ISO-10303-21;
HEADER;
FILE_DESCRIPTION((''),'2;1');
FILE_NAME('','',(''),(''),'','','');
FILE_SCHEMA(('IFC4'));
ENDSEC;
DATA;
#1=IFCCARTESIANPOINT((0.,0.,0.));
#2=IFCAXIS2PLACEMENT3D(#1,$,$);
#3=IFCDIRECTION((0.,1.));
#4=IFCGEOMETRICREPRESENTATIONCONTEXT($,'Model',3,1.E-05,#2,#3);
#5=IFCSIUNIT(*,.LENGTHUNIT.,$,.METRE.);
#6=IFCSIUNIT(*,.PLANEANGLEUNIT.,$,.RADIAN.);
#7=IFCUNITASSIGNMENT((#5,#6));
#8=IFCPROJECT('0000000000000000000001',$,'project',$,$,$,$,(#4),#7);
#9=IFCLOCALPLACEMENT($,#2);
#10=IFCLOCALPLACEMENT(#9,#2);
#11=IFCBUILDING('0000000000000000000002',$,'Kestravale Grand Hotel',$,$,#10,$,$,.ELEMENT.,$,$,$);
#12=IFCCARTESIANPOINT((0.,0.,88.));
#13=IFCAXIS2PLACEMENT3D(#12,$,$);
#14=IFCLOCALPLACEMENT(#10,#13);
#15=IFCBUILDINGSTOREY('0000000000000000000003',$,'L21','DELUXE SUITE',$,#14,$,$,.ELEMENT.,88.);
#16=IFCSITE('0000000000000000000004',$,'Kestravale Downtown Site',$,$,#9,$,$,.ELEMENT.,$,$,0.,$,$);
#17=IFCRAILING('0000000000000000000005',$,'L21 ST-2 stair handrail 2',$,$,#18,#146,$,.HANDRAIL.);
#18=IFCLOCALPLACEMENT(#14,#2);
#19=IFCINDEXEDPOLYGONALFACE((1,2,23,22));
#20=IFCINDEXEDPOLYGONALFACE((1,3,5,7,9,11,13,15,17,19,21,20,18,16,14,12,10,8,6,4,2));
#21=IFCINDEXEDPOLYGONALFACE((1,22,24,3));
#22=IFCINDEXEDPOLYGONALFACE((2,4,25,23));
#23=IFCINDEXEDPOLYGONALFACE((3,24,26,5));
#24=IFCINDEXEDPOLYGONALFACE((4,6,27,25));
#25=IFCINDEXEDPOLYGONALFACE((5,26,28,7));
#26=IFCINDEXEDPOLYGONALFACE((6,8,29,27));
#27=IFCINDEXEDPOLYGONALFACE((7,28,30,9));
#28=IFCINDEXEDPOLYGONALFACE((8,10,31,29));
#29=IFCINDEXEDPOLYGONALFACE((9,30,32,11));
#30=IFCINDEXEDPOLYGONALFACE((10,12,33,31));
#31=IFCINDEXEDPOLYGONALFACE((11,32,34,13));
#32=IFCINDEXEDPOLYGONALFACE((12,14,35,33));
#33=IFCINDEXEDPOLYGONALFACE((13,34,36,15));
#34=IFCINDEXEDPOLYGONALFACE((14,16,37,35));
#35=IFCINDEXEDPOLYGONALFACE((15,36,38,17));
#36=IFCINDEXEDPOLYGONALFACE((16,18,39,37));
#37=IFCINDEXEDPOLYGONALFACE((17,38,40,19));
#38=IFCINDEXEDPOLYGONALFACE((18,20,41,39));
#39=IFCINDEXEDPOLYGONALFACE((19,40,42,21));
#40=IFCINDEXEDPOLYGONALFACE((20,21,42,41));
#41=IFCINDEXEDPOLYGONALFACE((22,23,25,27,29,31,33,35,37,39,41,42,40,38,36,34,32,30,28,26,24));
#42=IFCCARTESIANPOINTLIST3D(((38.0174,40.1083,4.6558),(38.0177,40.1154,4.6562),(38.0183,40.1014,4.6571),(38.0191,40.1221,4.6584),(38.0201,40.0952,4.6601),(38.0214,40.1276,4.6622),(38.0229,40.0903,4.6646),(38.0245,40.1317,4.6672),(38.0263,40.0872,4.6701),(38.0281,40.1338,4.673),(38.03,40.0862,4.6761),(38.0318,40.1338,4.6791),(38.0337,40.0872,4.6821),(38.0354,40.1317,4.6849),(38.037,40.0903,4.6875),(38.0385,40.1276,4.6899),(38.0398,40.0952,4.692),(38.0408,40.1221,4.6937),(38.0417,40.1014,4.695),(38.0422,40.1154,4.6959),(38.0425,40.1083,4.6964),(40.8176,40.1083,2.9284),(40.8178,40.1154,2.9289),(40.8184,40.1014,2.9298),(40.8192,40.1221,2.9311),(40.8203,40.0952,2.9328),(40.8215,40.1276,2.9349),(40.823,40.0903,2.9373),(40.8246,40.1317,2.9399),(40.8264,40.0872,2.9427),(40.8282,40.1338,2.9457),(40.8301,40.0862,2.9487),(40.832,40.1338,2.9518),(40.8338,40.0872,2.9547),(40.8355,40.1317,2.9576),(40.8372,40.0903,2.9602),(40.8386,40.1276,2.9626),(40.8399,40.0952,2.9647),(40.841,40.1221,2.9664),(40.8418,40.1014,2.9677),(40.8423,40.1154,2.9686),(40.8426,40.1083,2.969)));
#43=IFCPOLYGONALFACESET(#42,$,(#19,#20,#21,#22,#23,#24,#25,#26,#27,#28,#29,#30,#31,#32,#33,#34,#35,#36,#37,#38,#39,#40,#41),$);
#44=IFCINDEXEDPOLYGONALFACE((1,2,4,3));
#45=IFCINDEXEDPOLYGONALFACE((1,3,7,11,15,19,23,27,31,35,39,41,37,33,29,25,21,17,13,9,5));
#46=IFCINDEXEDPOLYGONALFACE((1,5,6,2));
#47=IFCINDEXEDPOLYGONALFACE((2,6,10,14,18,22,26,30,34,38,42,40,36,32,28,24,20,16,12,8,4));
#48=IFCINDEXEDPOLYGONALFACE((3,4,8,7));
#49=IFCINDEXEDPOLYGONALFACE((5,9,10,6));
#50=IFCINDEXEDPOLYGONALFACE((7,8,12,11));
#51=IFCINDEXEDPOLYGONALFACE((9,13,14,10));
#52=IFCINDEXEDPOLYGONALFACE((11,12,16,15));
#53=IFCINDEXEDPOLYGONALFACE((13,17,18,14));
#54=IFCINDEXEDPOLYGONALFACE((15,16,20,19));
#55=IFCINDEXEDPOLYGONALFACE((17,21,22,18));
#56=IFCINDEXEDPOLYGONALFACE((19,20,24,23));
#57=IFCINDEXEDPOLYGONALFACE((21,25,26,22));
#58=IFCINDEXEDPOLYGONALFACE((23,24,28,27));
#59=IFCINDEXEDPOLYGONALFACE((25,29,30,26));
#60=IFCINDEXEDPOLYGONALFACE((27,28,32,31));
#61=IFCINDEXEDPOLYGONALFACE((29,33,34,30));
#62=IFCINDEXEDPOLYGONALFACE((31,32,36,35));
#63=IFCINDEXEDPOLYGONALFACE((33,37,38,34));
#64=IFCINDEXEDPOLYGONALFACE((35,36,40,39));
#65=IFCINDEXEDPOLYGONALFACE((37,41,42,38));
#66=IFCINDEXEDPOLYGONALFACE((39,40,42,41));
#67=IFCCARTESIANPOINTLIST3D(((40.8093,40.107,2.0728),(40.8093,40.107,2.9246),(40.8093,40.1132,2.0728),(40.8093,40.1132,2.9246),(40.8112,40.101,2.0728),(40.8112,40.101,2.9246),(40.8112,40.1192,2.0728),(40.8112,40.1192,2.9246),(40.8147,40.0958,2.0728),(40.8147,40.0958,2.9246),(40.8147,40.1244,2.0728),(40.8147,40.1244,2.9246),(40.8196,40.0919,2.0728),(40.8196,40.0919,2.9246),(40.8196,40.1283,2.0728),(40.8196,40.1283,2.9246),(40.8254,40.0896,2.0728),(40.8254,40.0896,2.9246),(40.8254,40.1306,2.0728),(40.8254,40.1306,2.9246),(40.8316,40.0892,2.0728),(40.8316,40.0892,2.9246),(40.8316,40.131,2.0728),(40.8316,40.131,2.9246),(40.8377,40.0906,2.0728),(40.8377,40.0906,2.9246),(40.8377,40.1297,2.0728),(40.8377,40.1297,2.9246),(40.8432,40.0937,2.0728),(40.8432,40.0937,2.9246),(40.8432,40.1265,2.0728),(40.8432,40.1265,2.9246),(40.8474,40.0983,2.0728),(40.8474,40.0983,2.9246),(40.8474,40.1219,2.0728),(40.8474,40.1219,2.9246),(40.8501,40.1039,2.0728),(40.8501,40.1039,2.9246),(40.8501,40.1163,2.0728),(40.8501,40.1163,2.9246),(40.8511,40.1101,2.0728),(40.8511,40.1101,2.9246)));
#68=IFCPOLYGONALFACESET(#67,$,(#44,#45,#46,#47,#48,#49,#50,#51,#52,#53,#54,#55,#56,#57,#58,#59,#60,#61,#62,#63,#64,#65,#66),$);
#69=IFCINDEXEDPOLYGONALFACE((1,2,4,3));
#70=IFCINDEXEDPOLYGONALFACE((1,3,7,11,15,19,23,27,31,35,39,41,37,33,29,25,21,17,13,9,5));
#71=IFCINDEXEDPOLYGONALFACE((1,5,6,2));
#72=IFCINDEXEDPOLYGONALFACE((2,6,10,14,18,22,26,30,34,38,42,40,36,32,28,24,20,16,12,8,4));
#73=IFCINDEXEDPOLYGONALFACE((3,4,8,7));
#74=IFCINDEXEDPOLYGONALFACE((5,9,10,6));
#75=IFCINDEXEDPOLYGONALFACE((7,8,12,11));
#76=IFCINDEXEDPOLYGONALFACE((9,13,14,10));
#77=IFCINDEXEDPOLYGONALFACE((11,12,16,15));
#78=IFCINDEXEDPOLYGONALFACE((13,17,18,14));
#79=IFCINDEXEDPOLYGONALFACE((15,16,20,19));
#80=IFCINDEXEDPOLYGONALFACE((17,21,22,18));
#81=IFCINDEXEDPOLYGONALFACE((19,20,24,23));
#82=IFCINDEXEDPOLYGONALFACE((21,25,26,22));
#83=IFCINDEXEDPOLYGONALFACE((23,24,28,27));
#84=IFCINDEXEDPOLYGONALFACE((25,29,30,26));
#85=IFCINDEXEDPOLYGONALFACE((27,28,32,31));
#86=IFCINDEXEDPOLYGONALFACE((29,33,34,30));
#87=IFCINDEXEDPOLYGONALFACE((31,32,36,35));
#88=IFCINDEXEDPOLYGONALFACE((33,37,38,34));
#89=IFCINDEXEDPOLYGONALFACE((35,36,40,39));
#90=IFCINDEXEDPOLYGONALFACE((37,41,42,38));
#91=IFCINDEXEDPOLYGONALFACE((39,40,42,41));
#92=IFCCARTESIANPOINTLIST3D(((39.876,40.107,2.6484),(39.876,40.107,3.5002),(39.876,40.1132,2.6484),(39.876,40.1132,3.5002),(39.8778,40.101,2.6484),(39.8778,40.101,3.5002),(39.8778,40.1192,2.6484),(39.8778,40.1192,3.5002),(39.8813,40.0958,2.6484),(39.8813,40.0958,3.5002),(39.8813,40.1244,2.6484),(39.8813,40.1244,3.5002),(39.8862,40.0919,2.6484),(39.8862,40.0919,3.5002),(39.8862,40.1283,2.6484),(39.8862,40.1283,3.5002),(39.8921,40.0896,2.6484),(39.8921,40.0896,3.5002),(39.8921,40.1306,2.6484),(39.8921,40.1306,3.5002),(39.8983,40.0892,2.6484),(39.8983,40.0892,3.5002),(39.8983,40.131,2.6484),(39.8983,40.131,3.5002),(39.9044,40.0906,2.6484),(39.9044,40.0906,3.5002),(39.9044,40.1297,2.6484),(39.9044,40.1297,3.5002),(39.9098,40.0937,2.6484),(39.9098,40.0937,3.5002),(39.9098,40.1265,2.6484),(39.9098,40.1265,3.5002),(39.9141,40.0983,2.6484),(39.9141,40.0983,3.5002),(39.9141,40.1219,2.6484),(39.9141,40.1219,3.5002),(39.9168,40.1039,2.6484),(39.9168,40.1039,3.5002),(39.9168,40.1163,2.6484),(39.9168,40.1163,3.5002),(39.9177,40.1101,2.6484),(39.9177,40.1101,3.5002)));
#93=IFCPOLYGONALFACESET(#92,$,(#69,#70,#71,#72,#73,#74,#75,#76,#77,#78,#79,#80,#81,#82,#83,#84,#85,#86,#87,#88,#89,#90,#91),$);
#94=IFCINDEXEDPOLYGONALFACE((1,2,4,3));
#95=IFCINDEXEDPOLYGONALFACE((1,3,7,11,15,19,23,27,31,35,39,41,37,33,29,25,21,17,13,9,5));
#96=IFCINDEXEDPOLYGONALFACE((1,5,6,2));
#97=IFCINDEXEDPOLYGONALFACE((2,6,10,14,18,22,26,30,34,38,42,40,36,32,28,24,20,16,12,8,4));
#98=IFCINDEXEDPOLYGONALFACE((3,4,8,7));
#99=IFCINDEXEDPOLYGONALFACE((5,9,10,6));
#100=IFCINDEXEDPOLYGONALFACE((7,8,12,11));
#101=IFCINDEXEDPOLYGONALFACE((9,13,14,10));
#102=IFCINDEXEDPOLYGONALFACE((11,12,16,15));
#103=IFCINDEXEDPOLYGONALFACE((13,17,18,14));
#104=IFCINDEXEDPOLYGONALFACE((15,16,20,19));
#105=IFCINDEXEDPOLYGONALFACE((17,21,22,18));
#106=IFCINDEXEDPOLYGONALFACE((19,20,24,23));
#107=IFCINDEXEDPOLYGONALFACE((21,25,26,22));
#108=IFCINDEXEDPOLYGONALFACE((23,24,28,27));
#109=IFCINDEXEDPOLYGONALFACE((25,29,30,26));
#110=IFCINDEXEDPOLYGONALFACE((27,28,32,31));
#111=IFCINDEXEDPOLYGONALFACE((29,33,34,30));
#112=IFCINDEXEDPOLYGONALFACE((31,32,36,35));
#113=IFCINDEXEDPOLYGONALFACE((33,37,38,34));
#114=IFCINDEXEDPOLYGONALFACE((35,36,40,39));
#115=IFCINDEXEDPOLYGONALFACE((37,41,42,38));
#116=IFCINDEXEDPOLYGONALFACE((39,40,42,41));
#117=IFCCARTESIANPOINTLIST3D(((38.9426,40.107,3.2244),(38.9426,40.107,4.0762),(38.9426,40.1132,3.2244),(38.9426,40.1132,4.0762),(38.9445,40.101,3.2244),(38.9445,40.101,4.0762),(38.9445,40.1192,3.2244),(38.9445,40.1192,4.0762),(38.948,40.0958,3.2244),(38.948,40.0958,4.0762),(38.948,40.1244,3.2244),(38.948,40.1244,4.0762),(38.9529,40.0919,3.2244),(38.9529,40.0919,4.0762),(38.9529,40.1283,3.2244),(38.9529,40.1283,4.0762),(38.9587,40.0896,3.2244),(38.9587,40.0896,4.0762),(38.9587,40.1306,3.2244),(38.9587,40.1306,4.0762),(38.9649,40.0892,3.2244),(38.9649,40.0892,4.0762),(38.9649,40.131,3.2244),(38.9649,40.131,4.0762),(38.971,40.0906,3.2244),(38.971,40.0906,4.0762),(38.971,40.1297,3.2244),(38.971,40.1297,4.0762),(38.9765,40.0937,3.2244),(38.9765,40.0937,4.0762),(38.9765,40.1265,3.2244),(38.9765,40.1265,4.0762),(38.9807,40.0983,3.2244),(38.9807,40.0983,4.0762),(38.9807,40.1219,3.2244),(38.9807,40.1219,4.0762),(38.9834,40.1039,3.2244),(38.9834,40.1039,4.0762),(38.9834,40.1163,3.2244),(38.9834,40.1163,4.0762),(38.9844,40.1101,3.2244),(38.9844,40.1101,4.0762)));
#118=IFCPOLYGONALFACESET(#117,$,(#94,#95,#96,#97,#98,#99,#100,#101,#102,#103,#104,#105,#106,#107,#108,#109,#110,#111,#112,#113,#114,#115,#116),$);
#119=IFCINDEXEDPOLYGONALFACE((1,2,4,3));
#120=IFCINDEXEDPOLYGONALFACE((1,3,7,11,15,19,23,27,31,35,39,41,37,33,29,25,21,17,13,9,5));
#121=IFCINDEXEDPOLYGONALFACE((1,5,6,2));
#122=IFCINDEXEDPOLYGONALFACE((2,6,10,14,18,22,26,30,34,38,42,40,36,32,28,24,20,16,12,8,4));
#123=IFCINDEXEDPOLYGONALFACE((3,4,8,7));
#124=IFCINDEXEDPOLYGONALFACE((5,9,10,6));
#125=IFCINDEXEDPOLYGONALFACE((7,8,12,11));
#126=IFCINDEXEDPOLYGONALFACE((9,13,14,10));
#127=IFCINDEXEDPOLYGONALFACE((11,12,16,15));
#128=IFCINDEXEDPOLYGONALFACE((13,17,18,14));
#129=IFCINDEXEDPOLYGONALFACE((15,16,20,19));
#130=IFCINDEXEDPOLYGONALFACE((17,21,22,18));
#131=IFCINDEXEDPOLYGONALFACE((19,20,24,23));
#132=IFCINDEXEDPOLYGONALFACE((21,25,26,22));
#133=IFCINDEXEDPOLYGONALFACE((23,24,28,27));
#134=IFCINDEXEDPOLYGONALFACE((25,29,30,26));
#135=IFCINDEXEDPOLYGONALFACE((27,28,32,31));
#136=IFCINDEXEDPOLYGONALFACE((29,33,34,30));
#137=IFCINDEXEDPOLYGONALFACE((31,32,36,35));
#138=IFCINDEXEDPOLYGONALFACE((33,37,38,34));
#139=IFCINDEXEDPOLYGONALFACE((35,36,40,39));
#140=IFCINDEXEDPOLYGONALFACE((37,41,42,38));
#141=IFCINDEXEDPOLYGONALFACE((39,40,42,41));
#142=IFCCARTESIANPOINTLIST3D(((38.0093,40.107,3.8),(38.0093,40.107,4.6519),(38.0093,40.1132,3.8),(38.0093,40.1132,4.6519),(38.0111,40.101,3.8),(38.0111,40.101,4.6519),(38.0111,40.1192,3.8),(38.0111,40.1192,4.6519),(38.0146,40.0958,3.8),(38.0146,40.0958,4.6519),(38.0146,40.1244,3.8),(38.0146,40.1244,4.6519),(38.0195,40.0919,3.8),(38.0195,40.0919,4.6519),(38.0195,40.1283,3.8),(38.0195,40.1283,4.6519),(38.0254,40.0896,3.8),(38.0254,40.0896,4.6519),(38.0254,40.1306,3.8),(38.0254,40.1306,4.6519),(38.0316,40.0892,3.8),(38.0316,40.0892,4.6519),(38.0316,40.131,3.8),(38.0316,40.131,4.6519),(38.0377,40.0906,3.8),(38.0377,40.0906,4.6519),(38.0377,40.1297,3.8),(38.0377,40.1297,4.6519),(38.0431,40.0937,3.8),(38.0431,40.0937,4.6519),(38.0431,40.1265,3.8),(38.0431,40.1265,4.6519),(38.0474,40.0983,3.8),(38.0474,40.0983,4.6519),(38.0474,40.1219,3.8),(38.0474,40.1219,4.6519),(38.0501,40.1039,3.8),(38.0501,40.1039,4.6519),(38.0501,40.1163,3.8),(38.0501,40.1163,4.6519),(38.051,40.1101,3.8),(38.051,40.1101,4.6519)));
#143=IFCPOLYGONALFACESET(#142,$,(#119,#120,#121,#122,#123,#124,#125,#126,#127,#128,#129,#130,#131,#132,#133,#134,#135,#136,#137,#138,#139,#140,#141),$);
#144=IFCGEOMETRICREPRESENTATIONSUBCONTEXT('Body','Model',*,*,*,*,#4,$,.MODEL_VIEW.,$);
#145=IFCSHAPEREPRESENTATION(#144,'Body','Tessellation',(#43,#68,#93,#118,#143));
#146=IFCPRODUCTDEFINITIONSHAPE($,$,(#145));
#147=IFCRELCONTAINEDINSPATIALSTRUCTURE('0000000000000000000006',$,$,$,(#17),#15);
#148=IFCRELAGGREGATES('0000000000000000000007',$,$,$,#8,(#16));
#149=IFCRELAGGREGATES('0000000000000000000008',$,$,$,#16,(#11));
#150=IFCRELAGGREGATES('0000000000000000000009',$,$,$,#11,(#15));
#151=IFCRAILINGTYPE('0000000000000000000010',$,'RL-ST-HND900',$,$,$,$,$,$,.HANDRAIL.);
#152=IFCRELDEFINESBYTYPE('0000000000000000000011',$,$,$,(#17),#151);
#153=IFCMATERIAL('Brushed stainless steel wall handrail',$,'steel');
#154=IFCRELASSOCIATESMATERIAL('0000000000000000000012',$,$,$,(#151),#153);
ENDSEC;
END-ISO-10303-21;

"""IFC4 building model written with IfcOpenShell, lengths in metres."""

from ifc_helpers import new_model, si_unit, direction, frame, origin, origin_2d, place, context, subcontext, project, spatial, circle, extrude, material, type_object, element, save


model = new_model("IFC4")

# Units and contexts
model_context = context("Model", 3, precision=1e-05, world=origin(), true_north=direction((0.0, 1.0)))
body_context = subcontext(model_context, "Body", "Model", "MODEL_VIEW")
ifc_project = project(units=[si_unit("LENGTHUNIT", "METRE"), si_unit("PLANEANGLEUNIT", "RADIAN")], contexts=[model_context])

# Site, building, storey
site_placement = place(None, origin())
site = spatial("IfcSite", under=ifc_project, at=site_placement, Name="Kestravale Downtown Site", CompositionType="ELEMENT", RefElevation=0.0)
building_placement = place(site_placement, origin())
building = spatial("IfcBuilding", under=site, at=building_placement, Name="Kestravale Grand Hotel", CompositionType="ELEMENT")
storey_placement = place(building_placement, frame((0.0, 0.0, 88.0)))
storey = spatial("IfcBuildingStorey", under=building, at=storey_placement, Name="L21", Description="DELUXE SUITE", CompositionType="ELEMENT", Elevation=88.0)

# Railing
ifc_material_1 = material(Name="Brushed stainless steel wall handrail", Category="steel")
railing_type_1 = type_object("IfcRailingType", Name="RL-ST-HND900", PredefinedType="HANDRAIL", material=ifc_material_1)
railing_1_placement = place(storey_placement, frame((40.8301, 40.1101, 2.0728)))
element("IfcRailing", 1, at=railing_1_placement, inside=storey, type_object=railing_type_1, Name="L21 ST-2 stair handrail 2", PredefinedType="HANDRAIL", context=body_context, shape_type="SweptSolid", body=[
    extrude(circle(Radius=0.0239, at=origin_2d()), frame((0.0, 0.0, 0.876), z_axis=(-0.85109, 0.0, 0.52502), x_axis=(0.0, -1.0, 0.0)), (0.0, 0.0, 1.0), 3.29),
    extrude(circle(Radius=0.021, at=origin_2d()), origin(), (0.0, 0.0, 1.0), 0.8518),
    extrude(circle(Radius=0.021, at=origin_2d()), frame((-0.9333, 0.0, 0.5757)), (0.0, 0.0, 1.0), 0.8518),
    extrude(circle(Radius=0.021, at=origin_2d()), frame((-1.8667, 0.0, 1.1516)), (0.0, 0.0, 1.0), 0.8518),
    extrude(circle(Radius=0.021, at=origin_2d()), frame((-2.8, 0.0, 1.7273)), (0.0, 0.0, 1.0), 0.8518),
])

save(model, "model.ifc")
